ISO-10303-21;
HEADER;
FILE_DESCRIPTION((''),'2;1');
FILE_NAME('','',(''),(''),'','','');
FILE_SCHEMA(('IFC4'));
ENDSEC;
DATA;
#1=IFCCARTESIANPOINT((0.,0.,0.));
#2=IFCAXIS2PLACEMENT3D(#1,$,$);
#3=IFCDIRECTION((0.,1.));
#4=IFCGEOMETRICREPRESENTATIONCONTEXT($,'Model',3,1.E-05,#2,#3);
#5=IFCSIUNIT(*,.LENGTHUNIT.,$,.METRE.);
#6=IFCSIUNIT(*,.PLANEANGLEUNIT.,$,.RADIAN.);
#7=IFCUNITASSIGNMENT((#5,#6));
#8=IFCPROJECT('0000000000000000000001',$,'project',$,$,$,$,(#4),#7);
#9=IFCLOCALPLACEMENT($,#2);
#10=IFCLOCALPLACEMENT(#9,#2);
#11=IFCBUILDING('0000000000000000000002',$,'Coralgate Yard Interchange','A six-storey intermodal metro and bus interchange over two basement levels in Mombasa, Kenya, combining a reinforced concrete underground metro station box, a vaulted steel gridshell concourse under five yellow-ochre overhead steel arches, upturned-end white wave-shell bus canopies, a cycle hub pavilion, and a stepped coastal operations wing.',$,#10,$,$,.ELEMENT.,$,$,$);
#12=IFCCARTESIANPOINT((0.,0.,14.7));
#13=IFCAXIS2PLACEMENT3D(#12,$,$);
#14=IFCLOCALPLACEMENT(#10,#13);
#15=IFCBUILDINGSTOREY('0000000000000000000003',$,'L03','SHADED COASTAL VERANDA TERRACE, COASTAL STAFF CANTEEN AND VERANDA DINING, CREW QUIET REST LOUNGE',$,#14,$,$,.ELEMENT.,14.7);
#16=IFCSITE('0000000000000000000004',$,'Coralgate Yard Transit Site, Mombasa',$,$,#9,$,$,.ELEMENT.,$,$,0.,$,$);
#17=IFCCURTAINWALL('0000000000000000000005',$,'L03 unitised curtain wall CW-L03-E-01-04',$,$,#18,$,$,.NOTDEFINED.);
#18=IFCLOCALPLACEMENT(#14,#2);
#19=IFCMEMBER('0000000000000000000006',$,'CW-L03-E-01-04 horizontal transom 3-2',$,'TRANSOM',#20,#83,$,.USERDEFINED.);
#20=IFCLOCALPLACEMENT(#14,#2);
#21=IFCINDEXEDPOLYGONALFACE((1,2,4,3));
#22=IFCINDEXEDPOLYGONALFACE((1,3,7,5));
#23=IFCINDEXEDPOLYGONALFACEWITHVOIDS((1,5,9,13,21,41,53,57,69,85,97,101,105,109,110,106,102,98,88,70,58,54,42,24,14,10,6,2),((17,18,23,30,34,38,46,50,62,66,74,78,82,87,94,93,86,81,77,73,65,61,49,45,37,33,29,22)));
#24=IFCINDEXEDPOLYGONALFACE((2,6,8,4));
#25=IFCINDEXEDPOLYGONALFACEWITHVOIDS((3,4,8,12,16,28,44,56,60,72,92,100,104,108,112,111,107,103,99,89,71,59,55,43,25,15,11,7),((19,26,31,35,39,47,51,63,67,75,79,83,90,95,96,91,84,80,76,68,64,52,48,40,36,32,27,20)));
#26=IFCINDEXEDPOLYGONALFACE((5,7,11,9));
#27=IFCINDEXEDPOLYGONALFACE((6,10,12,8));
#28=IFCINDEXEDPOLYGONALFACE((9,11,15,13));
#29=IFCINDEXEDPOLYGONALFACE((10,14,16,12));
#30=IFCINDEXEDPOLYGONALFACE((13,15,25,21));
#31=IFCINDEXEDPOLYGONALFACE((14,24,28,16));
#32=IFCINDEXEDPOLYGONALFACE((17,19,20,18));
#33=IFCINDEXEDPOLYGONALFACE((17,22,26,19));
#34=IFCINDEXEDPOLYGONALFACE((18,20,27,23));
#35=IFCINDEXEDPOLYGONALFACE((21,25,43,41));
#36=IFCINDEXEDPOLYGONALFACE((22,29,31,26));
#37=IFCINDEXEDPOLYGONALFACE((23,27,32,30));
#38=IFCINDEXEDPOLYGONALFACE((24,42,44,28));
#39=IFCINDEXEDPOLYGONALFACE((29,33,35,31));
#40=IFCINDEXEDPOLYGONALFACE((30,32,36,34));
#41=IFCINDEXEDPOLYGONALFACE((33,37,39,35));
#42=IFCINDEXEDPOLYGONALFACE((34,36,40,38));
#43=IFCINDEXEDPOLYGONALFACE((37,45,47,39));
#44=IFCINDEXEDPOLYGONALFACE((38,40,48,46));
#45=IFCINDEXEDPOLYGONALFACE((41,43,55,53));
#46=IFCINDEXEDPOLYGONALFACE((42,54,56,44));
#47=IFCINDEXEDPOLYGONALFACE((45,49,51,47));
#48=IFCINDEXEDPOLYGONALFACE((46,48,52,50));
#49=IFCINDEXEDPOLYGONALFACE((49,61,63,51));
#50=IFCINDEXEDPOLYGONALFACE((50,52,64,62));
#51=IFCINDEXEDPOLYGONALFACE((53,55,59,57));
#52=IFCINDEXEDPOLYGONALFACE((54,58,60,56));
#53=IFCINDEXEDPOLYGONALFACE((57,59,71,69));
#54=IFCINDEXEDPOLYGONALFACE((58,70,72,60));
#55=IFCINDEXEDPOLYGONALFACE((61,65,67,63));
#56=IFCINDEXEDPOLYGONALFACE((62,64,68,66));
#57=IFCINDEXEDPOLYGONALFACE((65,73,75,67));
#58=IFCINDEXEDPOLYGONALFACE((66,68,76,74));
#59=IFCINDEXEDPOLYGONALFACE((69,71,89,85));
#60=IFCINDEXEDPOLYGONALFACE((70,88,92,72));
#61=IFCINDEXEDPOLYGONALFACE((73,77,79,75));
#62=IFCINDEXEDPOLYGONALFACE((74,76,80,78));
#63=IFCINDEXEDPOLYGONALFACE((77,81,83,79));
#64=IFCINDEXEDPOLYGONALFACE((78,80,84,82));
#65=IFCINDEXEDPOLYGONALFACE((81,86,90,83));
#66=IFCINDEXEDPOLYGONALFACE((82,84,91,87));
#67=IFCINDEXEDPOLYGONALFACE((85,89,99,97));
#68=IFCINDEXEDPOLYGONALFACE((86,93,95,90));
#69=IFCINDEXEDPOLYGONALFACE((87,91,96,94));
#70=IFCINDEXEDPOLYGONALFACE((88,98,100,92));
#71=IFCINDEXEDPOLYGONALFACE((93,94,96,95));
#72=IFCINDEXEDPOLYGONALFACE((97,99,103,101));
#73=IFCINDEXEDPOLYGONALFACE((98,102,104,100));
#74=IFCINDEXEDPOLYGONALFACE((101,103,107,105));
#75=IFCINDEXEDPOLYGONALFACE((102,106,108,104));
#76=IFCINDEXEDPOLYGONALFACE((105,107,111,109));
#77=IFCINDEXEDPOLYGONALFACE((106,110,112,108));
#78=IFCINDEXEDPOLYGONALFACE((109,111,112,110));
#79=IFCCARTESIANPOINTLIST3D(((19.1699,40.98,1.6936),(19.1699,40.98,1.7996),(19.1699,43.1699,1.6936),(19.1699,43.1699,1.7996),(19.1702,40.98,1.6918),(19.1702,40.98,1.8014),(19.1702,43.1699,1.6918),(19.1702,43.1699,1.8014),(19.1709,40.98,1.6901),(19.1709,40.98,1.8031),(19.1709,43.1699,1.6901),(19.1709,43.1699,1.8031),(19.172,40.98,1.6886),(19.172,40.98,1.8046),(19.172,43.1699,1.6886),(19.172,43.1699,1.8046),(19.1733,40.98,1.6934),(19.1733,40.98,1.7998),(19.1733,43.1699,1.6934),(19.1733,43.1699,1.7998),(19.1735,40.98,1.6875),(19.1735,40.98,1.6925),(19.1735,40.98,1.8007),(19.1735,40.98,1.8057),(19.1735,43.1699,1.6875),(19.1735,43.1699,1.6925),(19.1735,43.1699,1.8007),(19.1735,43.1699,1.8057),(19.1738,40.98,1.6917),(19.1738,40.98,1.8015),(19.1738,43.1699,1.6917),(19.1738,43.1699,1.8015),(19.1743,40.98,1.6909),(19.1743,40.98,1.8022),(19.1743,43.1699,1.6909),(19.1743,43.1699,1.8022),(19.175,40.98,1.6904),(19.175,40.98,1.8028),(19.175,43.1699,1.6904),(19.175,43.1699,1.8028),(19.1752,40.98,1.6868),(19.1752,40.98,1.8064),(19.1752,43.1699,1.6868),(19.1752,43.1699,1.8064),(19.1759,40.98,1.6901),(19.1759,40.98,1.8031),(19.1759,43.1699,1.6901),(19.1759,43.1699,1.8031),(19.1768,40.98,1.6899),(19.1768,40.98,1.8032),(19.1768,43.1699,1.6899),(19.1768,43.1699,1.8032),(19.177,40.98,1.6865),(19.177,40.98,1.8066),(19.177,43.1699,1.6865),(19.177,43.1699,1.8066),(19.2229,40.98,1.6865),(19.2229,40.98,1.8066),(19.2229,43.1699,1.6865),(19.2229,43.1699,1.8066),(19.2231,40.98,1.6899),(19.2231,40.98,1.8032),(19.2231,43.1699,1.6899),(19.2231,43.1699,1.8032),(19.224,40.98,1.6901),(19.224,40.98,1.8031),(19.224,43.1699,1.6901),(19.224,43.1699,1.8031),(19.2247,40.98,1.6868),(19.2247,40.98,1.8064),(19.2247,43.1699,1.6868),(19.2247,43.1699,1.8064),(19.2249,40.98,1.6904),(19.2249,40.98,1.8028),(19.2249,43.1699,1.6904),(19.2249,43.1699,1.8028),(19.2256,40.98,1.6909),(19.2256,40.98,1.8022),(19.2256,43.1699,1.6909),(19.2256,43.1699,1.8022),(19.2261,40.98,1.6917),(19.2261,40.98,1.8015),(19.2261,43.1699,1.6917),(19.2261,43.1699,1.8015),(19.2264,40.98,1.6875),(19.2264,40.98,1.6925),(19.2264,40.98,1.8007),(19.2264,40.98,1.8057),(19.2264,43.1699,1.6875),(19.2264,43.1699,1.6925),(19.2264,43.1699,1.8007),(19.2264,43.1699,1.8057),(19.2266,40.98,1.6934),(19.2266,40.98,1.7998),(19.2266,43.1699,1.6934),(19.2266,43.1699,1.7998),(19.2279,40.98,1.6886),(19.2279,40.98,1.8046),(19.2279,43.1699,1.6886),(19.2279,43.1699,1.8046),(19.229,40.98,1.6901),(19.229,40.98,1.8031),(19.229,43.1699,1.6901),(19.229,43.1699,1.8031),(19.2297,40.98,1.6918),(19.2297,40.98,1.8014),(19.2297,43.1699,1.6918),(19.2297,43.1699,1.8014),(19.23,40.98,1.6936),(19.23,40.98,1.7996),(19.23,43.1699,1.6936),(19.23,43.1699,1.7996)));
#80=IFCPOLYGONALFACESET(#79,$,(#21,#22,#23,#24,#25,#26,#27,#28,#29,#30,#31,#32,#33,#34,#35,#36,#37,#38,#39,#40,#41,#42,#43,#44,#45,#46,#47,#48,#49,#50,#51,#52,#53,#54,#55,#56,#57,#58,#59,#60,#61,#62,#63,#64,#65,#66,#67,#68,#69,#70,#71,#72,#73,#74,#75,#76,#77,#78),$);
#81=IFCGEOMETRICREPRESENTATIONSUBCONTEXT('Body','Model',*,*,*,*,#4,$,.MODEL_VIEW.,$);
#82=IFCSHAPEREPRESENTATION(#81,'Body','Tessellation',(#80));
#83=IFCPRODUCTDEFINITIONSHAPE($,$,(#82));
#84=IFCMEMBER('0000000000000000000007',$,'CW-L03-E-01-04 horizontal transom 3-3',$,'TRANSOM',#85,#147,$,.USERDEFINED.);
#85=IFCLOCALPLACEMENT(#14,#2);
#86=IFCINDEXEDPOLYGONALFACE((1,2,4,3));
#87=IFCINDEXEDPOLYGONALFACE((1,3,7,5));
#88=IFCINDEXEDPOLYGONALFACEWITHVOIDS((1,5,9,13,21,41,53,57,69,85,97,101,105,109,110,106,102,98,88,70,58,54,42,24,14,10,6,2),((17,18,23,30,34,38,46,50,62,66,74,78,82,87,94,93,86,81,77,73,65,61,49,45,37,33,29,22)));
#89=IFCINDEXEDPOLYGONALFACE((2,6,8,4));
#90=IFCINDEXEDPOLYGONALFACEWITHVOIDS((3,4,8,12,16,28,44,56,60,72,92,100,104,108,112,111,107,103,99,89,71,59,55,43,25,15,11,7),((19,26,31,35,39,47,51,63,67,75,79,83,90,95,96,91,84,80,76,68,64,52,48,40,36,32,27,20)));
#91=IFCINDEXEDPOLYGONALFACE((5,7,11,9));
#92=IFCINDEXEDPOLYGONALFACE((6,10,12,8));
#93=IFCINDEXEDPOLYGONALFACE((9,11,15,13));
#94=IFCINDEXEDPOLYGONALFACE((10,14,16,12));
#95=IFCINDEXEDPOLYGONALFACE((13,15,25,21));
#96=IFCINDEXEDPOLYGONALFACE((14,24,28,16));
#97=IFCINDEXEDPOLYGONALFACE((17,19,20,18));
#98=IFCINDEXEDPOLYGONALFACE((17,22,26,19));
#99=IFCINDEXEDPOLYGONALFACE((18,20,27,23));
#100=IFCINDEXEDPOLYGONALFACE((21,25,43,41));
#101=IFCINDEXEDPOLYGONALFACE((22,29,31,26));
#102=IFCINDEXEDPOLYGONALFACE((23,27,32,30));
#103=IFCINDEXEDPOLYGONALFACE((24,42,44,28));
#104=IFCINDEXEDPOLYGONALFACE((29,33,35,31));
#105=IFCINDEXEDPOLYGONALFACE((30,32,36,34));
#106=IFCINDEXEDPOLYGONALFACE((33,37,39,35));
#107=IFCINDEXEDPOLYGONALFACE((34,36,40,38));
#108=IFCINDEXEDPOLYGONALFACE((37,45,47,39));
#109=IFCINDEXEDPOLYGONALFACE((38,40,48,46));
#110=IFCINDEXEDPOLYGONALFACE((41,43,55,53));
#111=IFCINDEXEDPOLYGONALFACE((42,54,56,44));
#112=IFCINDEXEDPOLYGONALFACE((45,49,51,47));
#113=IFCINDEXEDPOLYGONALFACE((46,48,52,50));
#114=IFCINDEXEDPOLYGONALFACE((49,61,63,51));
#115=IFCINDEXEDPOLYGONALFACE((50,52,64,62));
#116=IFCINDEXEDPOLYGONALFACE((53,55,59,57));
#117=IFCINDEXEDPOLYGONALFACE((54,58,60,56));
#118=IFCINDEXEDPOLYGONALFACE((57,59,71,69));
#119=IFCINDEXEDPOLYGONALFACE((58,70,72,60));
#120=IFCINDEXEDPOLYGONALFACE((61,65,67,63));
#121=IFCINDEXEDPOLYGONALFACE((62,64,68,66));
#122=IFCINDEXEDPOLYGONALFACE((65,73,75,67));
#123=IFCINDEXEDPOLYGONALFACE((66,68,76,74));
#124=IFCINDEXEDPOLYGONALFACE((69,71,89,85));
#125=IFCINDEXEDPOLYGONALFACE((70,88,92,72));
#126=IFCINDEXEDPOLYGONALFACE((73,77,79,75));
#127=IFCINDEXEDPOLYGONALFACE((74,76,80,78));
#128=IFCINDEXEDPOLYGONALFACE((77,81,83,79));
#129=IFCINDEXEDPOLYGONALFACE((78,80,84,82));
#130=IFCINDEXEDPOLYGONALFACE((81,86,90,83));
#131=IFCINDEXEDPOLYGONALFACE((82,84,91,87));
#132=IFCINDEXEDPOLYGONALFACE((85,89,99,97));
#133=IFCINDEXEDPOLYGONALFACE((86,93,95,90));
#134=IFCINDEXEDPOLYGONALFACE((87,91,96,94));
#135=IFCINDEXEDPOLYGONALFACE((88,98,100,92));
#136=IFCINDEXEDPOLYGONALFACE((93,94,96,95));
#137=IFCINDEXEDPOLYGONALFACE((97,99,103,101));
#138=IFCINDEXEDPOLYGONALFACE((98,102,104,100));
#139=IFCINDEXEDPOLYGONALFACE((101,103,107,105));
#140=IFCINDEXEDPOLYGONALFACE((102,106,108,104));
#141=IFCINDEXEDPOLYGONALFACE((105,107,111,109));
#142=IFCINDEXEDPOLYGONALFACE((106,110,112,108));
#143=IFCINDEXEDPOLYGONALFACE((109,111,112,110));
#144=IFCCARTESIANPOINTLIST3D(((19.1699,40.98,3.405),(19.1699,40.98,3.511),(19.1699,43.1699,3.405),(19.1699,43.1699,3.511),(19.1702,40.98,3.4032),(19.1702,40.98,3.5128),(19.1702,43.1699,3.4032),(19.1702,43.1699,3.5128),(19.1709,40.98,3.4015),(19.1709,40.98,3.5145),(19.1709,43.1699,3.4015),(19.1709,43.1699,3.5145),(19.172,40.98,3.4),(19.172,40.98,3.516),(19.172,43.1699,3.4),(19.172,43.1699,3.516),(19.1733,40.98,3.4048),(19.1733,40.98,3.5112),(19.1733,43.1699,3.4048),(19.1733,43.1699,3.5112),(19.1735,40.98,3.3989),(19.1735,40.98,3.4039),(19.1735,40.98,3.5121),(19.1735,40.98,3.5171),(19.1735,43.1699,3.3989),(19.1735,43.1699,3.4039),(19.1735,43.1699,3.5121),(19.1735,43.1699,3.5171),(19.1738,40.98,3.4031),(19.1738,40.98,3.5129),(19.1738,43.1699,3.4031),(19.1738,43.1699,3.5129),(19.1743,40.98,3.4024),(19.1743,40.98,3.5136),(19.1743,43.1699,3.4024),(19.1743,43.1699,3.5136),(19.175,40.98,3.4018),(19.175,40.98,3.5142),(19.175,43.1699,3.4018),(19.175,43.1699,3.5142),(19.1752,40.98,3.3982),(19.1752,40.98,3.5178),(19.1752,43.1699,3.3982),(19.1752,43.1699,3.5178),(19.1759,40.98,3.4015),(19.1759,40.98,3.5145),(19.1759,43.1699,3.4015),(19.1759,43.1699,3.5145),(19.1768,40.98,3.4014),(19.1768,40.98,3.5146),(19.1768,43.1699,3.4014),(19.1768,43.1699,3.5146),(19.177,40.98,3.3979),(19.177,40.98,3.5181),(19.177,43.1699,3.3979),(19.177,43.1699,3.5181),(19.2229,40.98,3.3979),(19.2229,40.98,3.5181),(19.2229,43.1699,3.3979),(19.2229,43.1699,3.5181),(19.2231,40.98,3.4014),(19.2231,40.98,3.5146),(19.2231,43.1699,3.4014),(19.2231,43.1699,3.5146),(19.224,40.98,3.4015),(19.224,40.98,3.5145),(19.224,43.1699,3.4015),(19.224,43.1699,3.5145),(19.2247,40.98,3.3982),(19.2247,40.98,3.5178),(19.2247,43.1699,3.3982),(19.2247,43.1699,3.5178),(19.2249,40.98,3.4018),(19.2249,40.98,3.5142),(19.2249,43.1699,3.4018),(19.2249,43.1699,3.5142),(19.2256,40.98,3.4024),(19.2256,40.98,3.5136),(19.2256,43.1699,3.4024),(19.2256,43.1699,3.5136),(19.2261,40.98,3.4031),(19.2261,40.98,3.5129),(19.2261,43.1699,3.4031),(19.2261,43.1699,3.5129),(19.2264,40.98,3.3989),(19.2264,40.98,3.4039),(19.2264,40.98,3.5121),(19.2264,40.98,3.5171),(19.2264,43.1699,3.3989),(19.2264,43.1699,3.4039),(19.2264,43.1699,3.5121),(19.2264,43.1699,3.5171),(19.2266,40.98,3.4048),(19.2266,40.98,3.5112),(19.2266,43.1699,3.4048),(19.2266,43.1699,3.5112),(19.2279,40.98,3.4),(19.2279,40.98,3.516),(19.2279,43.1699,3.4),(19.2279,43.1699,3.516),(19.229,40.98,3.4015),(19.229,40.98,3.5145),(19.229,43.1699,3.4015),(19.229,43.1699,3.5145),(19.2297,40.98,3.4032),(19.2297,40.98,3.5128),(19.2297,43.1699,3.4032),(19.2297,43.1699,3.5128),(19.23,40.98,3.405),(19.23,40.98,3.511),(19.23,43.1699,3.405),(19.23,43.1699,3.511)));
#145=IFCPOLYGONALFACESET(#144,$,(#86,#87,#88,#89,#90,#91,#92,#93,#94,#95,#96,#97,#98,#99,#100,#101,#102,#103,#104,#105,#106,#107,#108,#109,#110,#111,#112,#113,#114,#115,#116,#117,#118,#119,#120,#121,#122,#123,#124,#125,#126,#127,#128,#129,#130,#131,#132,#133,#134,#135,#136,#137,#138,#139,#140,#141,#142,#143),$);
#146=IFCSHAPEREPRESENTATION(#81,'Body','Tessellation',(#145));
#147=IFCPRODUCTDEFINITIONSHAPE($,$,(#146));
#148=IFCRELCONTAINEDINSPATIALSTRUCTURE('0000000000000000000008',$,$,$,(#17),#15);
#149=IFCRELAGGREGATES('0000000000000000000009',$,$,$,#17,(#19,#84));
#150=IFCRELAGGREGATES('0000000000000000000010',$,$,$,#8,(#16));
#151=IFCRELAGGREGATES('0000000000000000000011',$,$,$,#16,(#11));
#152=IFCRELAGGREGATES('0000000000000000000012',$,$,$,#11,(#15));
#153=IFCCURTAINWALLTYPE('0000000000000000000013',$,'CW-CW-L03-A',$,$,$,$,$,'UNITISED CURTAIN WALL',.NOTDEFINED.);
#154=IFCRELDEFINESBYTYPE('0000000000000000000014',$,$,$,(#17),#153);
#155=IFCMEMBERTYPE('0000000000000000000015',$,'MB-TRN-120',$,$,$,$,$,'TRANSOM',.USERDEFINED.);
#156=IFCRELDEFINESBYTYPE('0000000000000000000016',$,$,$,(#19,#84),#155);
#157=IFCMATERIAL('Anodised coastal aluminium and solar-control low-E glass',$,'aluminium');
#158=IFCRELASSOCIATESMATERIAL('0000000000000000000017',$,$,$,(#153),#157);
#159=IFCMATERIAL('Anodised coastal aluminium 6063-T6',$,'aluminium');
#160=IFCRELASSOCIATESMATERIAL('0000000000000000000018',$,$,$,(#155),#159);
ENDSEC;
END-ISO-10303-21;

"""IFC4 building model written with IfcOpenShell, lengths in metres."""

from ifc_helpers import new_model, si_unit, direction, frame, origin, origin_2d, place, context, subcontext, project, spatial, hollow_rectangle, extrude, material, material_profile, profile_set, type_object, element, aggregate, save


model = new_model("IFC4")

# Units and contexts
model_context = context("Model", 3, precision=1e-05, world=origin(), true_north=direction((0.0, 1.0)))
body_context = subcontext(model_context, "Body", "Model", "MODEL_VIEW")
ifc_project = project(units=[si_unit("LENGTHUNIT", "METRE"), si_unit("PLANEANGLEUNIT", "RADIAN")], contexts=[model_context])

# Site, building, storey
site_placement = place(None, origin())
site = spatial("IfcSite", under=ifc_project, at=site_placement, Name="Coralgate Yard Transit Site, Mombasa", CompositionType="ELEMENT", RefElevation=0.0)
building_placement = place(site_placement, origin())
building = spatial("IfcBuilding", under=site, at=building_placement, Name="Coralgate Yard Interchange", Description="A six-storey intermodal metro and bus interchange over two basement levels in Mombasa, Kenya, combining a reinforced concrete underground metro station box, a vaulted steel gridshell concourse under five yellow-ochre overhead steel arches, upturned-end white wave-shell bus canopies, a cycle hub pavilion, and a stepped coastal operations wing.", CompositionType="ELEMENT")
storey_placement = place(building_placement, frame((0.0, 0.0, 14.7)))
storey = spatial("IfcBuildingStorey", under=building, at=storey_placement, Name="L03", Description="SHADED COASTAL VERANDA TERRACE, COASTAL STAFF CANTEEN AND VERANDA DINING, CREW QUIET REST LOUNGE", CompositionType="ELEMENT", Elevation=14.7)

# Curtain wall, members
ifc_material_1 = material(Name="Anodised coastal aluminium and solar-control low-E glass", Category="aluminium")
curtain_wall_type = type_object("IfcCurtainWallType", Name="CW-CW-L03-A", ElementType="UNITISED CURTAIN WALL", PredefinedType="NOTDEFINED", material=ifc_material_1)
curtain_wall_placement = place(storey_placement, origin())
curtain_wall = element("IfcCurtainWall", 1, at=curtain_wall_placement, inside=storey, type_object=curtain_wall_type, Name="L03 unitised curtain wall CW-L03-E-01-04", PredefinedType="NOTDEFINED")
ifc_material_2 = material(Name="Anodised coastal aluminium 6063-T6", Category="aluminium")
ifc_material_profile_1 = material_profile(ifc_material_2, hollow_rectangle(XDim=0.0601, YDim=0.1201, WallThickness=0.0034, InnerFilletRadius=0.0034, OuterFilletRadius=0.0071, at=origin_2d()), Name="ALU 60x120x3.5")
ifc_profile_set_1 = profile_set([ifc_material_profile_1], Name="Anodised coastal aluminium 6063-T6")
member_type_1 = type_object("IfcMemberType", Name="MB-TRN-120", ElementType="TRANSOM", PredefinedType="USERDEFINED", material=ifc_profile_set_1)
member_1_placement = place(storey_placement, frame((19.2, 43.1699, 1.7466), z_axis=(0.0, -1.0, 0.0), x_axis=(1.0, 0.0, 0.0)))
member_1 = element("IfcMember", 2, at=member_1_placement, type_object=member_type_1, Name="CW-L03-E-01-04 horizontal transom 3-2", ObjectType="TRANSOM", PredefinedType="USERDEFINED", context=body_context, shape_type="SweptSolid", body=[
    extrude(hollow_rectangle(XDim=0.0601, YDim=0.1201, WallThickness=0.0034, InnerFilletRadius=0.0034, OuterFilletRadius=0.0071, at=origin_2d()), origin(), (0.0, 0.0, 1.0), 2.1899),
])
member_2_placement = place(storey_placement, frame((19.2, 43.1699, 3.458), z_axis=(0.0, -1.0, 0.0), x_axis=(1.0, 0.0, 0.0)))
member_2 = element("IfcMember", 3, at=member_2_placement, type_object=member_type_1, Name="CW-L03-E-01-04 horizontal transom 3-3", ObjectType="TRANSOM", PredefinedType="USERDEFINED", context=body_context, shape_type="SweptSolid", body=[
    extrude(hollow_rectangle(XDim=0.0601, YDim=0.1201, WallThickness=0.0034, InnerFilletRadius=0.0034, OuterFilletRadius=0.0071, at=origin_2d()), origin(), (0.0, 0.0, 1.0), 2.1899),
])
aggregate(curtain_wall, [member_1, member_2])

save(model, "model.ifc")
